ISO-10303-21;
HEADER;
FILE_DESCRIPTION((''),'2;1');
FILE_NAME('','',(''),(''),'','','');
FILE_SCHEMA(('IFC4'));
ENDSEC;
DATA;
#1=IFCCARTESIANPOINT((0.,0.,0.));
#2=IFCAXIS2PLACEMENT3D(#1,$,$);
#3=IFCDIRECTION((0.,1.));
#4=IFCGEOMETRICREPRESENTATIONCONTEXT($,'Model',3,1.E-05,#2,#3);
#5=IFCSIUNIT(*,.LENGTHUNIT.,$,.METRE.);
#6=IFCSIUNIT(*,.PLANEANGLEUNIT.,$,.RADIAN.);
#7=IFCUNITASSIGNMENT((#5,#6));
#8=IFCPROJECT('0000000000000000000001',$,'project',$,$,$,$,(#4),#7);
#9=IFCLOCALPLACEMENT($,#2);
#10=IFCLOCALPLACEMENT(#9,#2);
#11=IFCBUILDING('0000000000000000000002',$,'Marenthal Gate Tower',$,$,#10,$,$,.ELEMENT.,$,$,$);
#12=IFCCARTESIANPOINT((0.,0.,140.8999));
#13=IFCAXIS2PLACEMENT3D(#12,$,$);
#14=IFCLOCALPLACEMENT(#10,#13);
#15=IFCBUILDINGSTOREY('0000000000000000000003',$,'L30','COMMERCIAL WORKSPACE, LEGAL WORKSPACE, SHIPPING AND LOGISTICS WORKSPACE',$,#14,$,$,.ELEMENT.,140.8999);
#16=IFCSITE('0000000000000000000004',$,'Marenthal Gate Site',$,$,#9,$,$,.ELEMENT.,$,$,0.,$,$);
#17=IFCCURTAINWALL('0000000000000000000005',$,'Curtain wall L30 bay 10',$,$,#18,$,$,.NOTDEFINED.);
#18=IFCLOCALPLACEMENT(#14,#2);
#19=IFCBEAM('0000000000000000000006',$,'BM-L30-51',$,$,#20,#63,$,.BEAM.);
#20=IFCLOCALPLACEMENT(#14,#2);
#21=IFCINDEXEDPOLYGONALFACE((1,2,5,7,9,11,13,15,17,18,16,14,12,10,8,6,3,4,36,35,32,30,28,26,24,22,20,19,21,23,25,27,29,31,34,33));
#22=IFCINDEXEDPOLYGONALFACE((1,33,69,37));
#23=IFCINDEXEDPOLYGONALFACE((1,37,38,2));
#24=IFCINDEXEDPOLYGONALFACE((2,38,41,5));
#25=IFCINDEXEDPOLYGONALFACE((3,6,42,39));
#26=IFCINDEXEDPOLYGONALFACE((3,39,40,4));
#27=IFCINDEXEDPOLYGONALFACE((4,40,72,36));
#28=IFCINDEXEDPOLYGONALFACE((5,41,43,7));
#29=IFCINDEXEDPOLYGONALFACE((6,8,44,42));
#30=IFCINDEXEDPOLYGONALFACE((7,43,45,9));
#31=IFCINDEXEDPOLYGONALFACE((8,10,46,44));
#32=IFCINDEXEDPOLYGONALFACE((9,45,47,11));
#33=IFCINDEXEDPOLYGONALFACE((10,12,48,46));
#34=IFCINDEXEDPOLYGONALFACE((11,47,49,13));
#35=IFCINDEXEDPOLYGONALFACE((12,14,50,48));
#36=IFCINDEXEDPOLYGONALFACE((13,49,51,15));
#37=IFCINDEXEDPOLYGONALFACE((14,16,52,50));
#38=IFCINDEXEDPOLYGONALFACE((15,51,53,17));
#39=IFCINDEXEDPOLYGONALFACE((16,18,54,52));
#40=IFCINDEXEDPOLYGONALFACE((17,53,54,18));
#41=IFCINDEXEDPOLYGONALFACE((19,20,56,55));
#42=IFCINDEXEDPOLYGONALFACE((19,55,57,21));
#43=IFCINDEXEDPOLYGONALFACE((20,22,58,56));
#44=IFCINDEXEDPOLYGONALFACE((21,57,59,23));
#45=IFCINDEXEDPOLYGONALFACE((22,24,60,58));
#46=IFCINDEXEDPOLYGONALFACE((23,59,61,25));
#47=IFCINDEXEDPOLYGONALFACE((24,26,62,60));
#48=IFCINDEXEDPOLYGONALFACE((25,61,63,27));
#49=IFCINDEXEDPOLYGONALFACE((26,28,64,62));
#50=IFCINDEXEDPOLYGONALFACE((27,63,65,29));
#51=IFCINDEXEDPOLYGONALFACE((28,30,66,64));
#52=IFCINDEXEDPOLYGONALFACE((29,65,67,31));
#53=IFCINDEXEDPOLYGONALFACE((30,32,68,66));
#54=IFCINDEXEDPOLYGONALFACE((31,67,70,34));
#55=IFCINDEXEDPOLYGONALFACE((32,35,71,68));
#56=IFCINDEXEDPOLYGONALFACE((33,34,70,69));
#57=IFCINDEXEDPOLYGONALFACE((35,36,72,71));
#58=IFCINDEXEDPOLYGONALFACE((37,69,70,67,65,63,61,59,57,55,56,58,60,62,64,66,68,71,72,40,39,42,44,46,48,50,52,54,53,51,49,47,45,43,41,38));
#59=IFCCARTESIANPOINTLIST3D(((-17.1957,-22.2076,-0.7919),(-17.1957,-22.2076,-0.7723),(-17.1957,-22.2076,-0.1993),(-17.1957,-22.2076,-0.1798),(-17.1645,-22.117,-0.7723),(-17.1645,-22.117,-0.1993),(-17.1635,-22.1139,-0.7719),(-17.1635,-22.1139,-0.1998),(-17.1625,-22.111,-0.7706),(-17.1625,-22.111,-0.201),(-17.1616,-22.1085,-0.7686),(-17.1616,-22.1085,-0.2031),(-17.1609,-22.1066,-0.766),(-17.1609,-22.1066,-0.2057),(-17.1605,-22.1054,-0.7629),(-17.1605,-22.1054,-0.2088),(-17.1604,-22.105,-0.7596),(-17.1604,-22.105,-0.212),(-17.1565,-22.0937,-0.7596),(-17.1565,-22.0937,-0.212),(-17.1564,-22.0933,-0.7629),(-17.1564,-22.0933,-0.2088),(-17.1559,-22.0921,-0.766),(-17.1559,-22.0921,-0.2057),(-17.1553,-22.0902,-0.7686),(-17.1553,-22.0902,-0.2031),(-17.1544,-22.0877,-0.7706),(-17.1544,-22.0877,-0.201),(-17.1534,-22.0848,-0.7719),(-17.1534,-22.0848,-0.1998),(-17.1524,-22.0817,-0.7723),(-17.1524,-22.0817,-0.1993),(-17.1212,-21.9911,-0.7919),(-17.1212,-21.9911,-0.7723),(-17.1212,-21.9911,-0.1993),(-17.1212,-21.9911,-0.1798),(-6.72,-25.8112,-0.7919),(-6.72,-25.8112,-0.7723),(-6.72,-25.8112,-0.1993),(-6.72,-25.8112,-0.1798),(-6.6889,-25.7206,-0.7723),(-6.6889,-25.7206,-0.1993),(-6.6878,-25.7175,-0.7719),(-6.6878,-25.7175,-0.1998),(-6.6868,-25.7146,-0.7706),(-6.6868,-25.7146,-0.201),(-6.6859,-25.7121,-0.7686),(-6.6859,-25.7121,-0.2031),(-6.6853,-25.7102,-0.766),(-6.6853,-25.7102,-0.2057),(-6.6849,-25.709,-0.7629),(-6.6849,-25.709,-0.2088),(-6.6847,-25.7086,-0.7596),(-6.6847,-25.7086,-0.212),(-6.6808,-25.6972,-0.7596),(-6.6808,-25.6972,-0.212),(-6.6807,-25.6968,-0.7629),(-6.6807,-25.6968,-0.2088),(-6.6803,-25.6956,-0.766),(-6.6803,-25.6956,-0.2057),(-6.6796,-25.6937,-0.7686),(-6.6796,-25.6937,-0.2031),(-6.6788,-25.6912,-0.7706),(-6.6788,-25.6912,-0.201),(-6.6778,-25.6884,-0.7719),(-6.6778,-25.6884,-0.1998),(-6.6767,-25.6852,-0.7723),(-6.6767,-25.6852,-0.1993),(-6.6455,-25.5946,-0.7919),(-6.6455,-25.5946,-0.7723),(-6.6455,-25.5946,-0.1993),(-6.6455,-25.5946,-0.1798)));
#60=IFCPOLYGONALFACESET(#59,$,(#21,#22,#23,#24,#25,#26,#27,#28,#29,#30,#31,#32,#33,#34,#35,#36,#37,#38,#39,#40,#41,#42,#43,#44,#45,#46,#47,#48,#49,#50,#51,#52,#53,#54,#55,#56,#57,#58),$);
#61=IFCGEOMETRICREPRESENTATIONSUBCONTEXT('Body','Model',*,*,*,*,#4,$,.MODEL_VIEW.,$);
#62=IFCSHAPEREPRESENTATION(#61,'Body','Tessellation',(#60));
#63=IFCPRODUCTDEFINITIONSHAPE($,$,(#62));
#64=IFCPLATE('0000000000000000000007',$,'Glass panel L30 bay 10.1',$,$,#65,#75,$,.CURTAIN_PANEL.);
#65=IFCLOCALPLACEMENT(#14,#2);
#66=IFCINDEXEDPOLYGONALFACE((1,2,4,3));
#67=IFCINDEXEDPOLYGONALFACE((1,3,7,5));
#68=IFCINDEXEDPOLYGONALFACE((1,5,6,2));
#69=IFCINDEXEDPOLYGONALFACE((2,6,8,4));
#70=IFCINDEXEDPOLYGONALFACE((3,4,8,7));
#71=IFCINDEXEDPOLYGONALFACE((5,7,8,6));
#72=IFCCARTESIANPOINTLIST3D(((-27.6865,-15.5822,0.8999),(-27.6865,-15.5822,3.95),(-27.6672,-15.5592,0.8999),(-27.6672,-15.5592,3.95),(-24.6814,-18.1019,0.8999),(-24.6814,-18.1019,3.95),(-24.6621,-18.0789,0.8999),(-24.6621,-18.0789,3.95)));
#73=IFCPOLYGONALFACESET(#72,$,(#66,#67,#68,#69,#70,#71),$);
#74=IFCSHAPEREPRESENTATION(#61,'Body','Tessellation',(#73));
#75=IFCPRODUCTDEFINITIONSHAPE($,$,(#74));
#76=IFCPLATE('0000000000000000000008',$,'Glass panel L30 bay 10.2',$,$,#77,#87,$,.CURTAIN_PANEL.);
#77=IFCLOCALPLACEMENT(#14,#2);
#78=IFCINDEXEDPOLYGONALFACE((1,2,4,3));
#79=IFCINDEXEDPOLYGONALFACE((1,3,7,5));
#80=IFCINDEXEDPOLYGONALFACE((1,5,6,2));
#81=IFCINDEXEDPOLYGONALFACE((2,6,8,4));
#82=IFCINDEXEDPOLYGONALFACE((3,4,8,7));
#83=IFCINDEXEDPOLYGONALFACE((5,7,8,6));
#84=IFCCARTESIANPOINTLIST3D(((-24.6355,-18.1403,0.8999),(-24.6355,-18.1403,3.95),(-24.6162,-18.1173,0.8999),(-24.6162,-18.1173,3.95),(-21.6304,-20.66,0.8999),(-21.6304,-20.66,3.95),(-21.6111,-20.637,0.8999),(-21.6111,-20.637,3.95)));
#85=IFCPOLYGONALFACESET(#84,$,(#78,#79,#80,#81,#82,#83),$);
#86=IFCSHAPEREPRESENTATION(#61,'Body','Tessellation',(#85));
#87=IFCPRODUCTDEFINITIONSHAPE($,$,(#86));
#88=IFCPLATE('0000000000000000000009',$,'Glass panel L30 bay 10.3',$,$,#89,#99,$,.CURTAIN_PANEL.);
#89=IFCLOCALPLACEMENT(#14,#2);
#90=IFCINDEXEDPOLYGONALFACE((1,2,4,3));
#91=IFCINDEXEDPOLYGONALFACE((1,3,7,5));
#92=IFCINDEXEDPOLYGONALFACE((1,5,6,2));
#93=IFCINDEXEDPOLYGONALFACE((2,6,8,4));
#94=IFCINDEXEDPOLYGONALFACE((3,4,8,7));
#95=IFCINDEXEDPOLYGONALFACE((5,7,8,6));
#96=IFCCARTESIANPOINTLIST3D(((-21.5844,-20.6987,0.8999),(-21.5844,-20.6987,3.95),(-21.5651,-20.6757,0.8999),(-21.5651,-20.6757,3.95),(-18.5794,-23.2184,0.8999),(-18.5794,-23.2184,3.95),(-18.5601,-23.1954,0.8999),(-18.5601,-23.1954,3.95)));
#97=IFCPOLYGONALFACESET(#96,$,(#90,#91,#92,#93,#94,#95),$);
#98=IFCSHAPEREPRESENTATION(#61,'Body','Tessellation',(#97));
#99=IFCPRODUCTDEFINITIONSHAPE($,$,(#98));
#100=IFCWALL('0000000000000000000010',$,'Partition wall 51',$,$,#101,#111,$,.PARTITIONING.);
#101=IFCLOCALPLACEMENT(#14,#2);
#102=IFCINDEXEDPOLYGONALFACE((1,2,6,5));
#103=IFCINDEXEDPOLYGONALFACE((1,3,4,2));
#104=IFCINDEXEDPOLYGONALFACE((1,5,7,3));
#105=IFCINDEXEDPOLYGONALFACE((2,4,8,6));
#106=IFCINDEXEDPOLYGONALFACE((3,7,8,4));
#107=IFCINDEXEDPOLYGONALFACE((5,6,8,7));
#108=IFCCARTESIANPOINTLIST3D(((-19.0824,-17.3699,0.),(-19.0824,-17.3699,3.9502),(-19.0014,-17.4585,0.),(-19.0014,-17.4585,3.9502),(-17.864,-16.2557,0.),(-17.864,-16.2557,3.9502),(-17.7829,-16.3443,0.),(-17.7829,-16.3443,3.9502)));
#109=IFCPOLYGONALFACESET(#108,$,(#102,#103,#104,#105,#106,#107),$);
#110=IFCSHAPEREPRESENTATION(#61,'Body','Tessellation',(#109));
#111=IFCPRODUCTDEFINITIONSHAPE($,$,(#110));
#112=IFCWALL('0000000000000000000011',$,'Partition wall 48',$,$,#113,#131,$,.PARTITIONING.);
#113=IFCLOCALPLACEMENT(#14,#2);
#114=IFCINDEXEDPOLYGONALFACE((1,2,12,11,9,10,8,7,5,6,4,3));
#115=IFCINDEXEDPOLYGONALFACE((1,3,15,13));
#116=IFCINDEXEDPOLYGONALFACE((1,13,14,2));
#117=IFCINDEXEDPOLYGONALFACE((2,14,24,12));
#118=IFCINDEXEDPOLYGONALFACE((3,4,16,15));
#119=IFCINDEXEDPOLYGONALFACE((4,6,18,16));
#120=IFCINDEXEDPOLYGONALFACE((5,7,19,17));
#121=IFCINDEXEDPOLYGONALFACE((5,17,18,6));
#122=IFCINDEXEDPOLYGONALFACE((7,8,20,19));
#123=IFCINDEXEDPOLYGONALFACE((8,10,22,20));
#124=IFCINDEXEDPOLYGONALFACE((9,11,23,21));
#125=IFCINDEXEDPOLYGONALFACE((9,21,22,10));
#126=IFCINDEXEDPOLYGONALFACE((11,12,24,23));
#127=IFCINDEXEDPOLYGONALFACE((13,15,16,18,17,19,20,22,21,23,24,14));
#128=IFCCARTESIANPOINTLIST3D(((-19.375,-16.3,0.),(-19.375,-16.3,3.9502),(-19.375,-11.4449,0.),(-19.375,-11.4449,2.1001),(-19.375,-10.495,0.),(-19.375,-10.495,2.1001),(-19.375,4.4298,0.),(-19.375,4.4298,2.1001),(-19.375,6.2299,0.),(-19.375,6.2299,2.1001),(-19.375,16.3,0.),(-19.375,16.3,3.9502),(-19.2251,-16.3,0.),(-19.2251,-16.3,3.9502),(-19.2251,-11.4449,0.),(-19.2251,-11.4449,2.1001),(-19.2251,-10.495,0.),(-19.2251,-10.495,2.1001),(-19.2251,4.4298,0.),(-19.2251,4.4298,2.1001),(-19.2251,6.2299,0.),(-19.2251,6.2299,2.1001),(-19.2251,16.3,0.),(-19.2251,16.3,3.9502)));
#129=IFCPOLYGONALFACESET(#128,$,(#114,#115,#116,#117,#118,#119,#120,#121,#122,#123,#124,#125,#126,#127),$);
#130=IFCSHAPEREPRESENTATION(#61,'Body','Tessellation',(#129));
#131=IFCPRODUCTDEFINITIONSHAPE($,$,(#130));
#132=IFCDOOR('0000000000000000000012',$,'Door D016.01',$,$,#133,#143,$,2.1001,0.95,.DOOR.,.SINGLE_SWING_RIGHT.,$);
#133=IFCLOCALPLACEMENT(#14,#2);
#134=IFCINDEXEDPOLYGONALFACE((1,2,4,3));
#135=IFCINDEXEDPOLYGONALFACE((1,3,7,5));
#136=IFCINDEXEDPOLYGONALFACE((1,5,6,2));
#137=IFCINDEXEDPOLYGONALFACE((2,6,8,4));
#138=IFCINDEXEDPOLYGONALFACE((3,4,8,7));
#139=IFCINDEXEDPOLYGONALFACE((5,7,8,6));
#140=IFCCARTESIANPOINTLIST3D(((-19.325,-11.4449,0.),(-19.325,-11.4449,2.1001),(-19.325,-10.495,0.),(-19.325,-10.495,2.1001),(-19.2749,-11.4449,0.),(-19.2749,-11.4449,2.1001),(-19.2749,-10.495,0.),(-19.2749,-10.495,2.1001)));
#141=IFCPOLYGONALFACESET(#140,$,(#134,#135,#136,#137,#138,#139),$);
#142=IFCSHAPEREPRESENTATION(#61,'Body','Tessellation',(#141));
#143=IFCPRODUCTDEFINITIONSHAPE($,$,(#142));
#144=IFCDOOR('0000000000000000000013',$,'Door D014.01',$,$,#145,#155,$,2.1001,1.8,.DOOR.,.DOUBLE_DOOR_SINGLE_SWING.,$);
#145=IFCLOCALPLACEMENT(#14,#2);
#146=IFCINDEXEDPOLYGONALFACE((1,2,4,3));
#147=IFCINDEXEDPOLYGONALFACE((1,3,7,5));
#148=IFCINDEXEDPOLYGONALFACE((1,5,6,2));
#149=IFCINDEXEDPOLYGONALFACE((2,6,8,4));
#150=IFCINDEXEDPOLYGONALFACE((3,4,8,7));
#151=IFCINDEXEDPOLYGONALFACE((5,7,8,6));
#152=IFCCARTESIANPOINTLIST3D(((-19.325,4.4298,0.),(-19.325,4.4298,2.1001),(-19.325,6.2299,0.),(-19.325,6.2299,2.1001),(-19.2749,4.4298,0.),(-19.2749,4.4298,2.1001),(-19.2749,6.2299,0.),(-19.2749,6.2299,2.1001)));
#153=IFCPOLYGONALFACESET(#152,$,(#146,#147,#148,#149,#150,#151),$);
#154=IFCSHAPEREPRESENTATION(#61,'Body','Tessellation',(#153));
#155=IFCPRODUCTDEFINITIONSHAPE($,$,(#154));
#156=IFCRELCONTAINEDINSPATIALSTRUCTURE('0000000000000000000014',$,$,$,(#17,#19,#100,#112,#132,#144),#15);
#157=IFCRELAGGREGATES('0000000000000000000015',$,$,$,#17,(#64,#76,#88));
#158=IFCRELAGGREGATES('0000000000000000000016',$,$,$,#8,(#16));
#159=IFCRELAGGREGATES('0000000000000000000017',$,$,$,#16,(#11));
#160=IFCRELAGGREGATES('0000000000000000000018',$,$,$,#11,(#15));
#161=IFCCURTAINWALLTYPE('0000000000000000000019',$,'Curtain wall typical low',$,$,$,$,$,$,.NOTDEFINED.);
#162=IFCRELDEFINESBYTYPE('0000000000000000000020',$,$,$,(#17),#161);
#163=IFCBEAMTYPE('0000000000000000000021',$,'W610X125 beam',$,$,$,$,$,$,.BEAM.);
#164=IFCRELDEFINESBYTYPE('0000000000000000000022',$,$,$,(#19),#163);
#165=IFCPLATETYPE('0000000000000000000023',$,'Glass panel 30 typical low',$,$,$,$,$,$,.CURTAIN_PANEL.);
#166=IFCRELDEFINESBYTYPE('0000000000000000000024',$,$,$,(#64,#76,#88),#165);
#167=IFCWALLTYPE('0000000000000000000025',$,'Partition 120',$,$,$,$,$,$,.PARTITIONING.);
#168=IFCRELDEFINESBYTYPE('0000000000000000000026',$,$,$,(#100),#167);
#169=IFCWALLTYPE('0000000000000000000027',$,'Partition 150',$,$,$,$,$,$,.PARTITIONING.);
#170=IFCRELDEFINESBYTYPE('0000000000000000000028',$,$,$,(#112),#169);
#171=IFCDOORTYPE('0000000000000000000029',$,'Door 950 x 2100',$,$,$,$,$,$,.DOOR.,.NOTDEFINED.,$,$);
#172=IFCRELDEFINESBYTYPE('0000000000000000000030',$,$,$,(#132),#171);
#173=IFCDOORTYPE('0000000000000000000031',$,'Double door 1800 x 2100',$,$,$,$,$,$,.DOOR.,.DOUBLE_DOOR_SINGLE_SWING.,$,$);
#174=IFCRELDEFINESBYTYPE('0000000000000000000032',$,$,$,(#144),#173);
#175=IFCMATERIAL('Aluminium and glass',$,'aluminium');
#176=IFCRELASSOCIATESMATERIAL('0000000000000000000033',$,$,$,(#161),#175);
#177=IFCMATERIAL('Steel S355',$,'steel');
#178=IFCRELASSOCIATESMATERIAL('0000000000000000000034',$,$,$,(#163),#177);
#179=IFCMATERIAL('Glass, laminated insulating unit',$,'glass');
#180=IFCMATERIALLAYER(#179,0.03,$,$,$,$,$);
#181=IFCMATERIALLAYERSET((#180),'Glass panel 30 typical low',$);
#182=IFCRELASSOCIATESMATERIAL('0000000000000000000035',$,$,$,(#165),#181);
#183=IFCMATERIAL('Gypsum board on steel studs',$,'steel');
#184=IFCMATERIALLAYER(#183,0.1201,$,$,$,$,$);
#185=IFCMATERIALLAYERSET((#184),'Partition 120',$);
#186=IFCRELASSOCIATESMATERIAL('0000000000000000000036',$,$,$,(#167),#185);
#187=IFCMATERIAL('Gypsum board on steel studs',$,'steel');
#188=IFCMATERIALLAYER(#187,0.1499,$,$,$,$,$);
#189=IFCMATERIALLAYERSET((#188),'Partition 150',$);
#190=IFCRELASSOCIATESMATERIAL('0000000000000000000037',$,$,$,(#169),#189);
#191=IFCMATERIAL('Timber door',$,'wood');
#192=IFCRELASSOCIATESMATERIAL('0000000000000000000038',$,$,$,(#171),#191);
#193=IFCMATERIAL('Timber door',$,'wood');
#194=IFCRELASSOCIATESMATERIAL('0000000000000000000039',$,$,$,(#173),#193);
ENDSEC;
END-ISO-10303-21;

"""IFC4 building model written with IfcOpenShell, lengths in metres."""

from ifc_helpers import new_model, si_unit, direction, frame, frame_2d, origin, origin_2d, place, context, subcontext, project, spatial, rectangle, i_section, extrude, material, layer, layer_set, material_profile, profile_set, type_object, element, fill, aggregate, save


model = new_model("IFC4")

# Units and contexts
model_context = context("Model", 3, precision=1e-05, world=origin(), true_north=direction((0.0, 1.0)))
body_context = subcontext(model_context, "Body", "Model", "MODEL_VIEW")
ifc_project = project(units=[si_unit("LENGTHUNIT", "METRE"), si_unit("PLANEANGLEUNIT", "RADIAN")], contexts=[model_context])

# Site, building, storey
site_placement = place(None, origin())
site = spatial("IfcSite", under=ifc_project, at=site_placement, Name="Marenthal Gate Site", CompositionType="ELEMENT", RefElevation=0.0)
building_placement = place(site_placement, origin())
building = spatial("IfcBuilding", under=site, at=building_placement, Name="Marenthal Gate Tower", CompositionType="ELEMENT")
storey_placement = place(building_placement, frame((0.0, 0.0, 140.8999)))
storey = spatial("IfcBuildingStorey", under=building, at=storey_placement, Name="L30", Description="COMMERCIAL WORKSPACE, LEGAL WORKSPACE, SHIPPING AND LOGISTICS WORKSPACE", CompositionType="ELEMENT", Elevation=140.8999)

# Curtain wall
ifc_material_1 = material(Name="Aluminium and glass", Category="aluminium")
curtain_wall_type = type_object("IfcCurtainWallType", Name="Curtain wall typical low", PredefinedType="NOTDEFINED", material=ifc_material_1)
curtain_wall_placement = place(storey_placement, origin())
curtain_wall = element("IfcCurtainWall", 1, at=curtain_wall_placement, inside=storey, type_object=curtain_wall_type, Name="Curtain wall L30 bay 10", PredefinedType="NOTDEFINED")

# Beam
ifc_material_2 = material(Name="Steel S355", Category="steel")
ifc_material_profile_1 = material_profile(ifc_material_2, i_section(OverallWidth=0.229, OverallDepth=0.6121, WebThickness=0.012, FlangeThickness=0.0195, FilletRadius=0.0127, at=origin_2d()), Name="W610X125")
ifc_profile_set_1 = profile_set([ifc_material_profile_1], Name="Steel S355")
beam_type_1 = type_object("IfcBeamType", Name="W610X125 beam", PredefinedType="BEAM", material=ifc_profile_set_1)
beam_1_placement = place(storey_placement, frame((-17.1584, -22.0994, -0.4858), z_axis=(0.945616, -0.325284, 0.0), x_axis=(0.325284, 0.945616, 0.0)))
element("IfcBeam", 2, at=beam_1_placement, inside=storey, type_object=beam_type_1, Name="BM-L30-51", PredefinedType="BEAM", context=body_context, shape_type="SweptSolid", body=[
    extrude(i_section(OverallWidth=0.229, OverallDepth=0.6121, WebThickness=0.012, FlangeThickness=0.0195, FilletRadius=0.0127, at=origin_2d()), origin(), (0.0, 0.0, 1.0), 11.0781),
])

# Plates
ifc_material_3 = material(Name="Glass, laminated insulating unit", Category="glass")
ifc_layer_1 = layer(ifc_material_3, 0.03)
ifc_layer_set_1 = layer_set([ifc_layer_1], Name="Glass panel 30 typical low")
plate_type = type_object("IfcPlateType", Name="Glass panel 30 typical low", PredefinedType="CURTAIN_PANEL", material=ifc_layer_set_1)
plate_1_placement = place(storey_placement, frame((-26.1743, -16.8306, 0.8999), z_axis=(0.0, 0.0, 1.0), x_axis=(0.766277, -0.642511, 0.0)))
plate_1 = element("IfcPlate", 3, at=plate_1_placement, type_object=plate_type, Name="Glass panel L30 bay 10.1", PredefinedType="CURTAIN_PANEL", context=body_context, shape_type="SweptSolid", body=[
    extrude(rectangle(XDim=3.9216, YDim=0.03, at=origin_2d()), origin(), (0.0, 0.0, 1.0), 3.05),
])
plate_2_placement = place(storey_placement, frame((-23.1233, -19.3887, 0.8999), z_axis=(0.0, 0.0, 1.0), x_axis=(0.766277, -0.642511, 0.0)))
plate_2 = element("IfcPlate", 4, at=plate_2_placement, type_object=plate_type, Name="Glass panel L30 bay 10.2", PredefinedType="CURTAIN_PANEL", context=body_context, shape_type="SweptSolid", body=[
    extrude(rectangle(XDim=3.9216, YDim=0.03, at=origin_2d()), origin(), (0.0, 0.0, 1.0), 3.05),
])
plate_3_placement = place(storey_placement, frame((-20.0723, -21.947, 0.8999), z_axis=(0.0, 0.0, 1.0), x_axis=(0.766277, -0.642511, 0.0)))
plate_3 = element("IfcPlate", 5, at=plate_3_placement, type_object=plate_type, Name="Glass panel L30 bay 10.3", PredefinedType="CURTAIN_PANEL", context=body_context, shape_type="SweptSolid", body=[
    extrude(rectangle(XDim=3.9216, YDim=0.03, at=origin_2d()), origin(), (0.0, 0.0, 1.0), 3.05),
])
aggregate(curtain_wall, [plate_1, plate_2, plate_3])

# Wall
ifc_material_4 = material(Name="Gypsum board on steel studs", Category="steel")
ifc_layer_2 = layer(ifc_material_4, 0.1201)
ifc_layer_set_2 = layer_set([ifc_layer_2], Name="Partition 120")
wall_type_1 = type_object("IfcWallType", Name="Partition 120", PredefinedType="PARTITIONING", material=ifc_layer_set_2)
wall_1_placement = place(storey_placement, frame((-19.042, -17.4143, 0.0), z_axis=(0.0, 0.0, 1.0), x_axis=(0.73797, 0.674834, 0.0)))
element("IfcWall", 6, at=wall_1_placement, inside=storey, type_object=wall_type_1, Name="Partition wall 51", PredefinedType="PARTITIONING", context=body_context, shape_type="SweptSolid", body=[
    extrude(rectangle(XDim=1.6511, YDim=0.1201, at=frame_2d((0.8257, 0.0))), origin(), (0.0, 0.0, 1.0), 3.9502),
])

# Wall, openings, doors
ifc_material_5 = material(Name="Gypsum board on steel studs", Category="steel")
ifc_layer_3 = layer(ifc_material_5, 0.1499)
ifc_layer_set_3 = layer_set([ifc_layer_3], Name="Partition 150")
wall_type_2 = type_object("IfcWallType", Name="Partition 150", PredefinedType="PARTITIONING", material=ifc_layer_set_3)
wall_2_placement = place(storey_placement, frame((-19.3, -16.3, 0.0), z_axis=(0.0, 0.0, 1.0), x_axis=(0.0, 1.0, 0.0)))
wall_2 = element("IfcWall", 7, at=wall_2_placement, inside=storey, type_object=wall_type_2, Name="Partition wall 48", PredefinedType="PARTITIONING", context=body_context, shape_type="SweptSolid", body=[
    extrude(rectangle(XDim=32.6001, YDim=0.1499, at=frame_2d((16.3, 0.0))), origin(), (0.0, 0.0, 1.0), 3.9502),
])
opening_1_placement = place(wall_2_placement, frame((20.73, 0.0, 0.0)))
opening_1 = element("IfcOpeningElement", 8, at=opening_1_placement, cuts=wall_2, PredefinedType="OPENING", context=body_context, shape_type="SweptSolid", body=[
    extrude(rectangle(XDim=1.8, YDim=2.1001, at=frame_2d((0.8999, 1.05))), frame((0.0, 0.085, 0.0), z_axis=(0.0, -1.0, 0.0), x_axis=(1.0, 0.0, 0.0)), (0.0, 0.0, 1.0), 0.1699),
])
opening_2_placement = place(wall_2_placement, frame((4.855, 0.0, 0.0)))
opening_2 = element("IfcOpeningElement", 9, at=opening_2_placement, cuts=wall_2, PredefinedType="OPENING", context=body_context, shape_type="SweptSolid", body=[
    extrude(rectangle(XDim=0.95, YDim=2.1001, at=frame_2d((0.4751, 1.05))), frame((0.0, 0.085, 0.0), z_axis=(0.0, -1.0, 0.0), x_axis=(1.0, 0.0, 0.0)), (0.0, 0.0, 1.0), 0.1699),
])
ifc_material_6 = material(Name="Timber door", Category="wood")
door_type_1 = type_object("IfcDoorType", Name="Door 950 x 2100", OperationType="NOTDEFINED", PredefinedType="DOOR", material=ifc_material_6)
door_1_placement = place(opening_2_placement, origin())
door_1 = element("IfcDoor", 10, at=door_1_placement, inside=storey, type_object=door_type_1, Name="Door D016.01", OperationType="SINGLE_SWING_RIGHT", OverallHeight=2.1001, OverallWidth=0.95, PredefinedType="DOOR", context=body_context, shape_type="SweptSolid", body=[
    extrude(rectangle(XDim=0.95, YDim=2.1001, at=frame_2d((0.4751, 1.05))), frame((0.0, 0.0249, 0.0), z_axis=(0.0, -1.0, 0.0), x_axis=(1.0, 0.0, 0.0)), (0.0, 0.0, 1.0), 0.05),
])
fill(opening_2, door_1)
ifc_material_7 = material(Name="Timber door", Category="wood")
door_type_2 = type_object("IfcDoorType", Name="Double door 1800 x 2100", OperationType="DOUBLE_DOOR_SINGLE_SWING", PredefinedType="DOOR", material=ifc_material_7)
door_2_placement = place(opening_1_placement, origin())
door_2 = element("IfcDoor", 11, at=door_2_placement, inside=storey, type_object=door_type_2, Name="Door D014.01", OperationType="DOUBLE_DOOR_SINGLE_SWING", OverallHeight=2.1001, OverallWidth=1.8, PredefinedType="DOOR", context=body_context, shape_type="SweptSolid", body=[
    extrude(rectangle(XDim=1.8, YDim=2.1001, at=frame_2d((0.8999, 1.05))), frame((0.0, 0.0249, 0.0), z_axis=(0.0, -1.0, 0.0), x_axis=(1.0, 0.0, 0.0)), (0.0, 0.0, 1.0), 0.05),
])
fill(opening_1, door_2)

save(model, "model.ifc")
